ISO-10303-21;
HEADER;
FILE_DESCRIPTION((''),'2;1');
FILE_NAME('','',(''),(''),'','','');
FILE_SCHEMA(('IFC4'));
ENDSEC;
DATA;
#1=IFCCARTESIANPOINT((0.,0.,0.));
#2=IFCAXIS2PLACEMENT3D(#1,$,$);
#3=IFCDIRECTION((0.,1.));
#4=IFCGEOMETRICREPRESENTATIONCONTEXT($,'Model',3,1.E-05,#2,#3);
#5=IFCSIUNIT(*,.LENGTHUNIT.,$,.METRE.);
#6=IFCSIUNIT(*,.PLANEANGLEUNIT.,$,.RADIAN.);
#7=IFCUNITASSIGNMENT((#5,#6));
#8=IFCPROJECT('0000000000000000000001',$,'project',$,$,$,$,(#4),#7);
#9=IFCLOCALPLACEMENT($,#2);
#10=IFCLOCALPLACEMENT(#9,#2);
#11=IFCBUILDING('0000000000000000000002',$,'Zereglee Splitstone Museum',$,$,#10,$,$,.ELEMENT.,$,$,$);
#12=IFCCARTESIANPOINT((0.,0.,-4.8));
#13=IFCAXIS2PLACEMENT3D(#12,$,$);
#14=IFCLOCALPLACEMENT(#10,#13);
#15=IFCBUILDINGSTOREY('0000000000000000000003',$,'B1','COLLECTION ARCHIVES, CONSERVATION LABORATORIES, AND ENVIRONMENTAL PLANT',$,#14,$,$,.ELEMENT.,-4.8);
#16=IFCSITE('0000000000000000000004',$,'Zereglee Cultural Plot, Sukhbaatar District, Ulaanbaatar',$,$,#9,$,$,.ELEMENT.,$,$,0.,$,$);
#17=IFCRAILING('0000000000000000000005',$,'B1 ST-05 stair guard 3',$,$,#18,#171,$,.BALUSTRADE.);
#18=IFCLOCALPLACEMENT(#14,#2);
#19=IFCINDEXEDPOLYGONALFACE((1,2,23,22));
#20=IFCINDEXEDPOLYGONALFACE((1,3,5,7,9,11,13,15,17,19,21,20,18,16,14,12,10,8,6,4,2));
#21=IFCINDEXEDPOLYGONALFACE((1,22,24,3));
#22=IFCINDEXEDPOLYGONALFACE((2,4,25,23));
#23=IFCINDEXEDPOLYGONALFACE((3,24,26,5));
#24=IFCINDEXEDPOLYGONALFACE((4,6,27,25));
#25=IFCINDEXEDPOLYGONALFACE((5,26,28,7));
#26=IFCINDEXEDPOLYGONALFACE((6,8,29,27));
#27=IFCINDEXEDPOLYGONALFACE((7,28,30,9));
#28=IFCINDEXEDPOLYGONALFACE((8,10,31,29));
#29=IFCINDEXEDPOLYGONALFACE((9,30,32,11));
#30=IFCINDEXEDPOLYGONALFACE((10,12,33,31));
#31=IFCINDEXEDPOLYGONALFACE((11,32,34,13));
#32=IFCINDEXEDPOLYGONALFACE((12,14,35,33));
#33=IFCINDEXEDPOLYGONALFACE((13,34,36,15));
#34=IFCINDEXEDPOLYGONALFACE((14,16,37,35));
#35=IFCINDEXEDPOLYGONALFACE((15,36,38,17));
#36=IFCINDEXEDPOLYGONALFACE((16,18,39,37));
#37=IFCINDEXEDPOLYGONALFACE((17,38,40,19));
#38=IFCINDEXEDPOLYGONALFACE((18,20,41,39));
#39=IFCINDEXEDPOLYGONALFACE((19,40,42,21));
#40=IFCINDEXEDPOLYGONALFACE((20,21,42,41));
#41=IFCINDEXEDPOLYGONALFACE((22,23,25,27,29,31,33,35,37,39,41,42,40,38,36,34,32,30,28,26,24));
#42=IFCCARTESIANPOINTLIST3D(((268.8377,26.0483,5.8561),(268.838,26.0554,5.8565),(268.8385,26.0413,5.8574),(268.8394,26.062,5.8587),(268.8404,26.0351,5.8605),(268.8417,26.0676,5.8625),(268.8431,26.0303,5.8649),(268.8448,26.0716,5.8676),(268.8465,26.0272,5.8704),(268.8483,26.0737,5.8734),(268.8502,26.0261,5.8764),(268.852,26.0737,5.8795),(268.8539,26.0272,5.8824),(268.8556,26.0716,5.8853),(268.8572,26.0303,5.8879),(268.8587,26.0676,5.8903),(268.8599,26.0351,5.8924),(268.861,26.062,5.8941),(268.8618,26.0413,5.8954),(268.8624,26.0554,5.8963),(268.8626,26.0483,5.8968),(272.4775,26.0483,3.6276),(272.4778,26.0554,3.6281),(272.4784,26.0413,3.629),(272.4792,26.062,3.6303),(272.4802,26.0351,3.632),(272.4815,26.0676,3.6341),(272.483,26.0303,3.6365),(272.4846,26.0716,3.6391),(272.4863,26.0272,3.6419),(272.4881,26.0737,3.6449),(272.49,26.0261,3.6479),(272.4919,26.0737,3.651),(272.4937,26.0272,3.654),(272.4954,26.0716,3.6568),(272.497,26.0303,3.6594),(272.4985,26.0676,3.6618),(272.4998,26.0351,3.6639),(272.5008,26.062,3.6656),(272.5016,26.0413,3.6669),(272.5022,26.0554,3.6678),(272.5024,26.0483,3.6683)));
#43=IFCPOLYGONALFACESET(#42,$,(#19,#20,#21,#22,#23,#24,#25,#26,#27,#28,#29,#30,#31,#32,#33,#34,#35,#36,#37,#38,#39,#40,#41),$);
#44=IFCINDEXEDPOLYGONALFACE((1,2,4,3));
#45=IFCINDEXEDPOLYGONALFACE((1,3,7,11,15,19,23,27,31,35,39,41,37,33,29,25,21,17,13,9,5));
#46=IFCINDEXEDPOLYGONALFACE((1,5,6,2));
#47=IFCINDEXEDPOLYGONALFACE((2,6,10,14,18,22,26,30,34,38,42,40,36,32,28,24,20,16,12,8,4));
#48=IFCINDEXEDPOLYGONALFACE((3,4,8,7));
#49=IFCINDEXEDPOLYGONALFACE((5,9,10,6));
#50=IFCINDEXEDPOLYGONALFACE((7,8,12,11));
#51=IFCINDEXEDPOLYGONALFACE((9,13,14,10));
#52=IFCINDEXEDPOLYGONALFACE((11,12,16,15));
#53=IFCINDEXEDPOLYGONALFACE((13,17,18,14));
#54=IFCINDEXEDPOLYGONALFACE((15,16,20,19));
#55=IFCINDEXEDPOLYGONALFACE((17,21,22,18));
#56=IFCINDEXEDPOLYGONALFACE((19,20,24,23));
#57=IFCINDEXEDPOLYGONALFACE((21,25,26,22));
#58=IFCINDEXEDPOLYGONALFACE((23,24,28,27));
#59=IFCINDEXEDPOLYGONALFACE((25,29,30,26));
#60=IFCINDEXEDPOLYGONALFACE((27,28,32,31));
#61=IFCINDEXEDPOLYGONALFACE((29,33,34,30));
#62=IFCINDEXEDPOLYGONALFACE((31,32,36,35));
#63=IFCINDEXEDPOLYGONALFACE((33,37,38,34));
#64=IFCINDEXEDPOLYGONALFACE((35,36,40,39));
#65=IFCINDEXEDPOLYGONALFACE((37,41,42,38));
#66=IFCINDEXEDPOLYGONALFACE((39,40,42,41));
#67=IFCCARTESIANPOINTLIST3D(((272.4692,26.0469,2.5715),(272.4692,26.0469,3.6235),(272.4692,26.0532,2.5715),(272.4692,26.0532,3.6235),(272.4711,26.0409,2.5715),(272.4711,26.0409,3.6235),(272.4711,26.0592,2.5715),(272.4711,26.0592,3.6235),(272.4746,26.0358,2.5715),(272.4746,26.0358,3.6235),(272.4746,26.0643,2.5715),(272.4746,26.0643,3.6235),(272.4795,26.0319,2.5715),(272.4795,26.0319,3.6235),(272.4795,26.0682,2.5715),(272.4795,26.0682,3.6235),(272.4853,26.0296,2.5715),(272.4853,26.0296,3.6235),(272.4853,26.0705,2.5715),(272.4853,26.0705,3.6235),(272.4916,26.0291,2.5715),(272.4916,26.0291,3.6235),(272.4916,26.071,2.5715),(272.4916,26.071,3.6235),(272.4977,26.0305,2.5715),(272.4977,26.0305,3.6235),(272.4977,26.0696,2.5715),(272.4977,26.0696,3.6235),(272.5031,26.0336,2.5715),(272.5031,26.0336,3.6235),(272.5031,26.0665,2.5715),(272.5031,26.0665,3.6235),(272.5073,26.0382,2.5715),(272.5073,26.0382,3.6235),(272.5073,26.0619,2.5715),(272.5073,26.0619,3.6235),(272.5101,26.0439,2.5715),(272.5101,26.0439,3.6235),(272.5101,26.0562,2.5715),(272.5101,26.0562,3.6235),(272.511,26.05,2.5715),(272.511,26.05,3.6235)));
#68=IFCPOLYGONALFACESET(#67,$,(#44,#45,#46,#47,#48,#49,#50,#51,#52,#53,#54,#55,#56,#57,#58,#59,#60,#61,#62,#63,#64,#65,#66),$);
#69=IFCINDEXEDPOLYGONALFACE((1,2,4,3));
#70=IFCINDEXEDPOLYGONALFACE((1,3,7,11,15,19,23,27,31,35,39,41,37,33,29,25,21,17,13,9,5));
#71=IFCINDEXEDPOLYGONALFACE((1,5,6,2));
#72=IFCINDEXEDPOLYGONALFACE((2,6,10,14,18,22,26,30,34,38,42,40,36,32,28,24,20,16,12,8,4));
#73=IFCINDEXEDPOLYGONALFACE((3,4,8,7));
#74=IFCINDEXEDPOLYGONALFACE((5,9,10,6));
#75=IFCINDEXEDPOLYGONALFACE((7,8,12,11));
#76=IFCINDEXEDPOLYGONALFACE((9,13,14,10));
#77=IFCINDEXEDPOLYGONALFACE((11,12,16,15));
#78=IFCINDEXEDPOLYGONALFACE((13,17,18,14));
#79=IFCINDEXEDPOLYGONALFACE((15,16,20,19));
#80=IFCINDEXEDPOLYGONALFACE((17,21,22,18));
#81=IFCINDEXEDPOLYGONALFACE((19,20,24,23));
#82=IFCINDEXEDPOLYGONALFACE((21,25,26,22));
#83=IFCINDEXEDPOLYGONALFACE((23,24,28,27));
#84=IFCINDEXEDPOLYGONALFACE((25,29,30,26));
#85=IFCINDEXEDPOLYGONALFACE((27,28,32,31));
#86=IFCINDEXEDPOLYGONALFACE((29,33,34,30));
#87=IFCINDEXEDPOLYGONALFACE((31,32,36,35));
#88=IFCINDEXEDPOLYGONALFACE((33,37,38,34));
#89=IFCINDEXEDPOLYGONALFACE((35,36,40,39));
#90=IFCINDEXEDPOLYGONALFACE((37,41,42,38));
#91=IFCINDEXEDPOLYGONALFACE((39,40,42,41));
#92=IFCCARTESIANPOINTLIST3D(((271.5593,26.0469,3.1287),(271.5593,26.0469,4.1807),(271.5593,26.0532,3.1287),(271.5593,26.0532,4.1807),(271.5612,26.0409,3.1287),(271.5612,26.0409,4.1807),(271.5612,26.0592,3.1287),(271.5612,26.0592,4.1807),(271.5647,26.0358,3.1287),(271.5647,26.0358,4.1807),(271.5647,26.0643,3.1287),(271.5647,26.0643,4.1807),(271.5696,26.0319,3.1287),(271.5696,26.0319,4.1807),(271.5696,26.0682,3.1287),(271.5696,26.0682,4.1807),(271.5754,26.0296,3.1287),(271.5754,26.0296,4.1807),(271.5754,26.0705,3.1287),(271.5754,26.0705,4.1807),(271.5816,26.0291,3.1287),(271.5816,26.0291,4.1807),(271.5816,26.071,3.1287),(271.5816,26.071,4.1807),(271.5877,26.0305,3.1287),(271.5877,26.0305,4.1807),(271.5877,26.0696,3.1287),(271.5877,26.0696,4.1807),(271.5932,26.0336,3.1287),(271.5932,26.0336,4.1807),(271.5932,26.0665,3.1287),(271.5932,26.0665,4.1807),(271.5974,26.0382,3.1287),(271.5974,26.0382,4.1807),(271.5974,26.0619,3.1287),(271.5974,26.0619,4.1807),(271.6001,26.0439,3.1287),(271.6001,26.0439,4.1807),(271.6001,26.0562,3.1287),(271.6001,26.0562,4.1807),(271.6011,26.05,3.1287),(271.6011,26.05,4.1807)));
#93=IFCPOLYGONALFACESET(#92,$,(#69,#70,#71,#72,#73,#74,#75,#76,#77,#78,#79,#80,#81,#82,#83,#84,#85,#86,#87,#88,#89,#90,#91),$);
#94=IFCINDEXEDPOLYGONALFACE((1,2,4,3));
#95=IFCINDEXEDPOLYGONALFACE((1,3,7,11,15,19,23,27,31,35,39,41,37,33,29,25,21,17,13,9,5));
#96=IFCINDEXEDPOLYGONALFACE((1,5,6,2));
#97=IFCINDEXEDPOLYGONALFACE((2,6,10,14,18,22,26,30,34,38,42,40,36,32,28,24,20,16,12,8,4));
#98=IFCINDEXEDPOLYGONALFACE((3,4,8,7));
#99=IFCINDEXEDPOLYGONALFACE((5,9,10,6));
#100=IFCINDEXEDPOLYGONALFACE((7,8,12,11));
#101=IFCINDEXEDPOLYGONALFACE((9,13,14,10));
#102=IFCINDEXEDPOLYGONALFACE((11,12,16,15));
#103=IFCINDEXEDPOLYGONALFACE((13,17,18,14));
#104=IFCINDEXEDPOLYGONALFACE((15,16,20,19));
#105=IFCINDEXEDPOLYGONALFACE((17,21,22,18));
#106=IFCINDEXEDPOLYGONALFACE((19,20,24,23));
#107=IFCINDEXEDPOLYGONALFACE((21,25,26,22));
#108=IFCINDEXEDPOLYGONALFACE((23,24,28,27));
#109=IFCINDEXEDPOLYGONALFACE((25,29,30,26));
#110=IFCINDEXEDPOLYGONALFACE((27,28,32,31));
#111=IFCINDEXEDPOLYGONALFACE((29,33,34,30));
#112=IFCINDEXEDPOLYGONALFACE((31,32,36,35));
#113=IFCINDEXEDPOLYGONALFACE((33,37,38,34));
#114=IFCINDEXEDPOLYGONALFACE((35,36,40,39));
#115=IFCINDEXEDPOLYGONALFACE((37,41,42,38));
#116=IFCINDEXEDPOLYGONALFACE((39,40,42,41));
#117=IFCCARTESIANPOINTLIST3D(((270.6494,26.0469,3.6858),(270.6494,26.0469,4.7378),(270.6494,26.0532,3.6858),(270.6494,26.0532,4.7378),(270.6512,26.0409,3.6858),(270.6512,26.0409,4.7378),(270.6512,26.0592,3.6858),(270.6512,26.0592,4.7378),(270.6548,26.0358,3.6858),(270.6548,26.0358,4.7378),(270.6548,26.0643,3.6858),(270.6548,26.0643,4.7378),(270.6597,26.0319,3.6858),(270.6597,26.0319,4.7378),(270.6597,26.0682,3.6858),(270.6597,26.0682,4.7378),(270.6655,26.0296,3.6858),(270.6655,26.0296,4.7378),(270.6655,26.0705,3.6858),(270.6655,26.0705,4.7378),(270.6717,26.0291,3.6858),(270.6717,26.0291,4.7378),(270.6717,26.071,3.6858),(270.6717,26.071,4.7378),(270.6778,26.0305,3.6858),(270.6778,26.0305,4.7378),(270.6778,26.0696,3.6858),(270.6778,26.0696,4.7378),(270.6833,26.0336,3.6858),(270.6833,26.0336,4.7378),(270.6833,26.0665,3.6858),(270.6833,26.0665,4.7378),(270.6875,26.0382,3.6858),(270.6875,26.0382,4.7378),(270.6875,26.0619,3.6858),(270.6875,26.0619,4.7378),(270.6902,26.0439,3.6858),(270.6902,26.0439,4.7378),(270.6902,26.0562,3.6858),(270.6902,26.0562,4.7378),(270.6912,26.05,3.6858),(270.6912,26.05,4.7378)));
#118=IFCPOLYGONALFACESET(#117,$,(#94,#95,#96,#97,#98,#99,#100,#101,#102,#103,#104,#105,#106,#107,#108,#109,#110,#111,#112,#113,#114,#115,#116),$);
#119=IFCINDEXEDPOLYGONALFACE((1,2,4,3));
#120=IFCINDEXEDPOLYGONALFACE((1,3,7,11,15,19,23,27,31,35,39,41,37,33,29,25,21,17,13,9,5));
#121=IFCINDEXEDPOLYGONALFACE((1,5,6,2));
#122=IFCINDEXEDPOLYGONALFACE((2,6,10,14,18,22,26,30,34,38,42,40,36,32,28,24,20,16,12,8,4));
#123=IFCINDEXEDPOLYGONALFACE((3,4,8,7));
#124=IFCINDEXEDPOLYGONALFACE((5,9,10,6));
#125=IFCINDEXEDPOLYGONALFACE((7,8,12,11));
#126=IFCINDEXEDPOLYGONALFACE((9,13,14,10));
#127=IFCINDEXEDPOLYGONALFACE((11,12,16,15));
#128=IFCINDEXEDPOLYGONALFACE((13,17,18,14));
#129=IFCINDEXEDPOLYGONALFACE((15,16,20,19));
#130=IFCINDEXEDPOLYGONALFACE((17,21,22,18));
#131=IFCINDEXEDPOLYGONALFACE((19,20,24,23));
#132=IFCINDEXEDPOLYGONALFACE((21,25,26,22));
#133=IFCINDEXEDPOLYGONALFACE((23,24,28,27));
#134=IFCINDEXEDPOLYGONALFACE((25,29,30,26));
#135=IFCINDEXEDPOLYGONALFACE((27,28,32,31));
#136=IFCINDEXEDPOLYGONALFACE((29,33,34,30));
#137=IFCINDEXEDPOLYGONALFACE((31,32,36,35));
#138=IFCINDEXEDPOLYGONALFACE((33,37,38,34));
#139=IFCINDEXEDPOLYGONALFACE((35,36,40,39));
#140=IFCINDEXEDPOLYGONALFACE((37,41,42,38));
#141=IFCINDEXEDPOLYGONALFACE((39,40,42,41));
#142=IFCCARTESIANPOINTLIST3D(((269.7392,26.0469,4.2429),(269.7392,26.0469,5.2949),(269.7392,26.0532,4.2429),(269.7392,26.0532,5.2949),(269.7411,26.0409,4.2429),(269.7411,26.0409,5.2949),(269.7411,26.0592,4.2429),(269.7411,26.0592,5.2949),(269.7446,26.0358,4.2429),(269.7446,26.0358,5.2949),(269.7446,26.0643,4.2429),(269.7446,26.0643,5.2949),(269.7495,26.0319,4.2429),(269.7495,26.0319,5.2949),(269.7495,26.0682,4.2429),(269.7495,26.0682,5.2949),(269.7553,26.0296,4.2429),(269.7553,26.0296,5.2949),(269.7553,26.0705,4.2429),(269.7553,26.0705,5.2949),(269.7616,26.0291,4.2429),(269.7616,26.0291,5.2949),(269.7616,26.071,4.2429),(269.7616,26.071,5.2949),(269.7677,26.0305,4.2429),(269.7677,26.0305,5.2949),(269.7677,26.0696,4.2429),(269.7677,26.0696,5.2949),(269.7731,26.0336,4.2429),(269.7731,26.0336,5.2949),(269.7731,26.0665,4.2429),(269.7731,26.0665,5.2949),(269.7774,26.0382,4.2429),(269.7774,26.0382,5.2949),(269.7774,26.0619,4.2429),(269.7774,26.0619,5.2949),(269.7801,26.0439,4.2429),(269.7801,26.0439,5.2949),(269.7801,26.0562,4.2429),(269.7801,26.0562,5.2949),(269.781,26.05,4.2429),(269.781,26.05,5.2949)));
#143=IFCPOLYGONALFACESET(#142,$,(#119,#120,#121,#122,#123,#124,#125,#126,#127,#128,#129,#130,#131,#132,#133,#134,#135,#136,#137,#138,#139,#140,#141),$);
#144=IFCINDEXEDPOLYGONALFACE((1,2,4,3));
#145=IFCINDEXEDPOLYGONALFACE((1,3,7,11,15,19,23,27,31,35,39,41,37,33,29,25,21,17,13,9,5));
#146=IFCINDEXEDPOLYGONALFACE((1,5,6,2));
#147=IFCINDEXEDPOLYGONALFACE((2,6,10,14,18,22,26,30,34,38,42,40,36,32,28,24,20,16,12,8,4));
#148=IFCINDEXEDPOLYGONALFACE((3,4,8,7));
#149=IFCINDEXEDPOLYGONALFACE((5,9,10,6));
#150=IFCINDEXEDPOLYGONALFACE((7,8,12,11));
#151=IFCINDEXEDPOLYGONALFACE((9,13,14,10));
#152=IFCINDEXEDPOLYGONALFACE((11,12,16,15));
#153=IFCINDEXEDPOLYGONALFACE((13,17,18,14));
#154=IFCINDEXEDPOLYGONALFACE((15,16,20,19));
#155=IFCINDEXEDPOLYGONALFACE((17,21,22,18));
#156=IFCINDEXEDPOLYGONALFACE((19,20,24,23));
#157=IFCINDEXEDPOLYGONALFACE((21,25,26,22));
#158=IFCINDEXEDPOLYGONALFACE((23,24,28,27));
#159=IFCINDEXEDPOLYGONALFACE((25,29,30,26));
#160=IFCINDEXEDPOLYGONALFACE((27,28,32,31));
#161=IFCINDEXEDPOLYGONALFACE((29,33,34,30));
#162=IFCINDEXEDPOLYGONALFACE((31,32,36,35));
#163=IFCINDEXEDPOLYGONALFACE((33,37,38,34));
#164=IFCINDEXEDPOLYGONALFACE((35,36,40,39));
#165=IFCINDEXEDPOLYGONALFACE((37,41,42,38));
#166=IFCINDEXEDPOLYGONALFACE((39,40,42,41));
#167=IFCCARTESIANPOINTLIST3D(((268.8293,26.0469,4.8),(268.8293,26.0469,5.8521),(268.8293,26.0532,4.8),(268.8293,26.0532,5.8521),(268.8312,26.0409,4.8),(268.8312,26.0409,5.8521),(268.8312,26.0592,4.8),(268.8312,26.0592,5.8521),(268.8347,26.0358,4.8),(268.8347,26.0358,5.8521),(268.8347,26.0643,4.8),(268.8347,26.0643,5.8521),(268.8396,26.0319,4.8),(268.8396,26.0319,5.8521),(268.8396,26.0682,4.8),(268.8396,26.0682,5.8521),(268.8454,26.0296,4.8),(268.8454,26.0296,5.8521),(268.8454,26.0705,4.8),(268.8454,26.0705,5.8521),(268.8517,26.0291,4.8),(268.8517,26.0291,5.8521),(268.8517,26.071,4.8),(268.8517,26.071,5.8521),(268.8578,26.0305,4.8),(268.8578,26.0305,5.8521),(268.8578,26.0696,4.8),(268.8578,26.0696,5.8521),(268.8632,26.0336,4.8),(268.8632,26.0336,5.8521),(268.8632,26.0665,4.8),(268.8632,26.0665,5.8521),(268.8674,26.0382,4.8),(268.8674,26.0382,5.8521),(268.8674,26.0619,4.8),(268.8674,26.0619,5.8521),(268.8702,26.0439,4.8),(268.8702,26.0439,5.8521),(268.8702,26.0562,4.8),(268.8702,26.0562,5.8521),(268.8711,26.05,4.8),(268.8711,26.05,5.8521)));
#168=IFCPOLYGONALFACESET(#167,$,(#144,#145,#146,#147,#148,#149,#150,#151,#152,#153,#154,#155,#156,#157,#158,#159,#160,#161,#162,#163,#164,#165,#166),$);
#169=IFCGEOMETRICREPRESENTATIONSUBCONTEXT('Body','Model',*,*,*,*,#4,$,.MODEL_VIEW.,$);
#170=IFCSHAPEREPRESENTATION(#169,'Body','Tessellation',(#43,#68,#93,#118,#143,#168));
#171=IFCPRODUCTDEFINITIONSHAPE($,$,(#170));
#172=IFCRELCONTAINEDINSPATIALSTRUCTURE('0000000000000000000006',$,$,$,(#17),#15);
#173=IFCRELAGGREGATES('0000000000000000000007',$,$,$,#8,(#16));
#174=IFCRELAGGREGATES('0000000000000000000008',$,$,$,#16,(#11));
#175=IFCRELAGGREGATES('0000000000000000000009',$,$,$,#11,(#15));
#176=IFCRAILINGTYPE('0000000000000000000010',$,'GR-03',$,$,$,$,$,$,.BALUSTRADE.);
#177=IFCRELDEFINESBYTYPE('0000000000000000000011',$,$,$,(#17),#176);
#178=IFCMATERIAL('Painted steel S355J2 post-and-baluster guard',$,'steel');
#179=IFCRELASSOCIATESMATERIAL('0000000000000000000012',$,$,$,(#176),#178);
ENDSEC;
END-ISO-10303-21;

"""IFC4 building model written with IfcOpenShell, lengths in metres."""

from ifc_helpers import new_model, si_unit, direction, frame, origin, origin_2d, place, context, subcontext, project, spatial, circle, extrude, material, type_object, element, save


model = new_model("IFC4")

# Units and contexts
model_context = context("Model", 3, precision=1e-05, world=origin(), true_north=direction((0.0, 1.0)))
body_context = subcontext(model_context, "Body", "Model", "MODEL_VIEW")
ifc_project = project(units=[si_unit("LENGTHUNIT", "METRE"), si_unit("PLANEANGLEUNIT", "RADIAN")], contexts=[model_context])

# Site, building, storey
site_placement = place(None, origin())
site = spatial("IfcSite", under=ifc_project, at=site_placement, Name="Zereglee Cultural Plot, Sukhbaatar District, Ulaanbaatar", CompositionType="ELEMENT", RefElevation=0.0)
building_placement = place(site_placement, origin())
building = spatial("IfcBuilding", under=site, at=building_placement, Name="Zereglee Splitstone Museum", CompositionType="ELEMENT")
storey_placement = place(building_placement, frame((0.0, 0.0, -4.8)))
storey = spatial("IfcBuildingStorey", under=building, at=storey_placement, Name="B1", Description="COLLECTION ARCHIVES, CONSERVATION LABORATORIES, AND ENVIRONMENTAL PLANT", CompositionType="ELEMENT", Elevation=-4.8)

# Railing
ifc_material_1 = material(Name="Painted steel S355J2 post-and-baluster guard", Category="steel")
railing_type_1 = type_object("IfcRailingType", Name="GR-03", PredefinedType="BALUSTRADE", material=ifc_material_1)
railing_1_placement = place(storey_placement, frame((272.49, 26.05, 2.5715)))
element("IfcRailing", 1, at=railing_1_placement, inside=storey, type_object=railing_type_1, Name="B1 ST-05 stair guard 3", PredefinedType="BALUSTRADE", context=body_context, shape_type="SweptSolid", body=[
    extrude(circle(Radius=0.0239, at=origin_2d()), frame((0.0, 0.0, 1.0764), z_axis=(-0.85285, 0.0, 0.522156), x_axis=(0.0, -1.0, 0.0)), (0.0, 0.0, 1.0), 4.2678),
    extrude(circle(Radius=0.021, at=origin_2d()), origin(), (0.0, 0.0, 1.0), 1.052),
    extrude(circle(Radius=0.021, at=origin_2d()), frame((-0.9099, 0.0, 0.5571)), (0.0, 0.0, 1.0), 1.052),
    extrude(circle(Radius=0.021, at=origin_2d()), frame((-1.8198, 0.0, 1.1143)), (0.0, 0.0, 1.0), 1.052),
    extrude(circle(Radius=0.021, at=origin_2d()), frame((-2.73, 0.0, 1.6714)), (0.0, 0.0, 1.0), 1.052),
    extrude(circle(Radius=0.021, at=origin_2d()), frame((-3.6399, 0.0, 2.2285)), (0.0, 0.0, 1.0), 1.052),
])

save(model, "model.ifc")
